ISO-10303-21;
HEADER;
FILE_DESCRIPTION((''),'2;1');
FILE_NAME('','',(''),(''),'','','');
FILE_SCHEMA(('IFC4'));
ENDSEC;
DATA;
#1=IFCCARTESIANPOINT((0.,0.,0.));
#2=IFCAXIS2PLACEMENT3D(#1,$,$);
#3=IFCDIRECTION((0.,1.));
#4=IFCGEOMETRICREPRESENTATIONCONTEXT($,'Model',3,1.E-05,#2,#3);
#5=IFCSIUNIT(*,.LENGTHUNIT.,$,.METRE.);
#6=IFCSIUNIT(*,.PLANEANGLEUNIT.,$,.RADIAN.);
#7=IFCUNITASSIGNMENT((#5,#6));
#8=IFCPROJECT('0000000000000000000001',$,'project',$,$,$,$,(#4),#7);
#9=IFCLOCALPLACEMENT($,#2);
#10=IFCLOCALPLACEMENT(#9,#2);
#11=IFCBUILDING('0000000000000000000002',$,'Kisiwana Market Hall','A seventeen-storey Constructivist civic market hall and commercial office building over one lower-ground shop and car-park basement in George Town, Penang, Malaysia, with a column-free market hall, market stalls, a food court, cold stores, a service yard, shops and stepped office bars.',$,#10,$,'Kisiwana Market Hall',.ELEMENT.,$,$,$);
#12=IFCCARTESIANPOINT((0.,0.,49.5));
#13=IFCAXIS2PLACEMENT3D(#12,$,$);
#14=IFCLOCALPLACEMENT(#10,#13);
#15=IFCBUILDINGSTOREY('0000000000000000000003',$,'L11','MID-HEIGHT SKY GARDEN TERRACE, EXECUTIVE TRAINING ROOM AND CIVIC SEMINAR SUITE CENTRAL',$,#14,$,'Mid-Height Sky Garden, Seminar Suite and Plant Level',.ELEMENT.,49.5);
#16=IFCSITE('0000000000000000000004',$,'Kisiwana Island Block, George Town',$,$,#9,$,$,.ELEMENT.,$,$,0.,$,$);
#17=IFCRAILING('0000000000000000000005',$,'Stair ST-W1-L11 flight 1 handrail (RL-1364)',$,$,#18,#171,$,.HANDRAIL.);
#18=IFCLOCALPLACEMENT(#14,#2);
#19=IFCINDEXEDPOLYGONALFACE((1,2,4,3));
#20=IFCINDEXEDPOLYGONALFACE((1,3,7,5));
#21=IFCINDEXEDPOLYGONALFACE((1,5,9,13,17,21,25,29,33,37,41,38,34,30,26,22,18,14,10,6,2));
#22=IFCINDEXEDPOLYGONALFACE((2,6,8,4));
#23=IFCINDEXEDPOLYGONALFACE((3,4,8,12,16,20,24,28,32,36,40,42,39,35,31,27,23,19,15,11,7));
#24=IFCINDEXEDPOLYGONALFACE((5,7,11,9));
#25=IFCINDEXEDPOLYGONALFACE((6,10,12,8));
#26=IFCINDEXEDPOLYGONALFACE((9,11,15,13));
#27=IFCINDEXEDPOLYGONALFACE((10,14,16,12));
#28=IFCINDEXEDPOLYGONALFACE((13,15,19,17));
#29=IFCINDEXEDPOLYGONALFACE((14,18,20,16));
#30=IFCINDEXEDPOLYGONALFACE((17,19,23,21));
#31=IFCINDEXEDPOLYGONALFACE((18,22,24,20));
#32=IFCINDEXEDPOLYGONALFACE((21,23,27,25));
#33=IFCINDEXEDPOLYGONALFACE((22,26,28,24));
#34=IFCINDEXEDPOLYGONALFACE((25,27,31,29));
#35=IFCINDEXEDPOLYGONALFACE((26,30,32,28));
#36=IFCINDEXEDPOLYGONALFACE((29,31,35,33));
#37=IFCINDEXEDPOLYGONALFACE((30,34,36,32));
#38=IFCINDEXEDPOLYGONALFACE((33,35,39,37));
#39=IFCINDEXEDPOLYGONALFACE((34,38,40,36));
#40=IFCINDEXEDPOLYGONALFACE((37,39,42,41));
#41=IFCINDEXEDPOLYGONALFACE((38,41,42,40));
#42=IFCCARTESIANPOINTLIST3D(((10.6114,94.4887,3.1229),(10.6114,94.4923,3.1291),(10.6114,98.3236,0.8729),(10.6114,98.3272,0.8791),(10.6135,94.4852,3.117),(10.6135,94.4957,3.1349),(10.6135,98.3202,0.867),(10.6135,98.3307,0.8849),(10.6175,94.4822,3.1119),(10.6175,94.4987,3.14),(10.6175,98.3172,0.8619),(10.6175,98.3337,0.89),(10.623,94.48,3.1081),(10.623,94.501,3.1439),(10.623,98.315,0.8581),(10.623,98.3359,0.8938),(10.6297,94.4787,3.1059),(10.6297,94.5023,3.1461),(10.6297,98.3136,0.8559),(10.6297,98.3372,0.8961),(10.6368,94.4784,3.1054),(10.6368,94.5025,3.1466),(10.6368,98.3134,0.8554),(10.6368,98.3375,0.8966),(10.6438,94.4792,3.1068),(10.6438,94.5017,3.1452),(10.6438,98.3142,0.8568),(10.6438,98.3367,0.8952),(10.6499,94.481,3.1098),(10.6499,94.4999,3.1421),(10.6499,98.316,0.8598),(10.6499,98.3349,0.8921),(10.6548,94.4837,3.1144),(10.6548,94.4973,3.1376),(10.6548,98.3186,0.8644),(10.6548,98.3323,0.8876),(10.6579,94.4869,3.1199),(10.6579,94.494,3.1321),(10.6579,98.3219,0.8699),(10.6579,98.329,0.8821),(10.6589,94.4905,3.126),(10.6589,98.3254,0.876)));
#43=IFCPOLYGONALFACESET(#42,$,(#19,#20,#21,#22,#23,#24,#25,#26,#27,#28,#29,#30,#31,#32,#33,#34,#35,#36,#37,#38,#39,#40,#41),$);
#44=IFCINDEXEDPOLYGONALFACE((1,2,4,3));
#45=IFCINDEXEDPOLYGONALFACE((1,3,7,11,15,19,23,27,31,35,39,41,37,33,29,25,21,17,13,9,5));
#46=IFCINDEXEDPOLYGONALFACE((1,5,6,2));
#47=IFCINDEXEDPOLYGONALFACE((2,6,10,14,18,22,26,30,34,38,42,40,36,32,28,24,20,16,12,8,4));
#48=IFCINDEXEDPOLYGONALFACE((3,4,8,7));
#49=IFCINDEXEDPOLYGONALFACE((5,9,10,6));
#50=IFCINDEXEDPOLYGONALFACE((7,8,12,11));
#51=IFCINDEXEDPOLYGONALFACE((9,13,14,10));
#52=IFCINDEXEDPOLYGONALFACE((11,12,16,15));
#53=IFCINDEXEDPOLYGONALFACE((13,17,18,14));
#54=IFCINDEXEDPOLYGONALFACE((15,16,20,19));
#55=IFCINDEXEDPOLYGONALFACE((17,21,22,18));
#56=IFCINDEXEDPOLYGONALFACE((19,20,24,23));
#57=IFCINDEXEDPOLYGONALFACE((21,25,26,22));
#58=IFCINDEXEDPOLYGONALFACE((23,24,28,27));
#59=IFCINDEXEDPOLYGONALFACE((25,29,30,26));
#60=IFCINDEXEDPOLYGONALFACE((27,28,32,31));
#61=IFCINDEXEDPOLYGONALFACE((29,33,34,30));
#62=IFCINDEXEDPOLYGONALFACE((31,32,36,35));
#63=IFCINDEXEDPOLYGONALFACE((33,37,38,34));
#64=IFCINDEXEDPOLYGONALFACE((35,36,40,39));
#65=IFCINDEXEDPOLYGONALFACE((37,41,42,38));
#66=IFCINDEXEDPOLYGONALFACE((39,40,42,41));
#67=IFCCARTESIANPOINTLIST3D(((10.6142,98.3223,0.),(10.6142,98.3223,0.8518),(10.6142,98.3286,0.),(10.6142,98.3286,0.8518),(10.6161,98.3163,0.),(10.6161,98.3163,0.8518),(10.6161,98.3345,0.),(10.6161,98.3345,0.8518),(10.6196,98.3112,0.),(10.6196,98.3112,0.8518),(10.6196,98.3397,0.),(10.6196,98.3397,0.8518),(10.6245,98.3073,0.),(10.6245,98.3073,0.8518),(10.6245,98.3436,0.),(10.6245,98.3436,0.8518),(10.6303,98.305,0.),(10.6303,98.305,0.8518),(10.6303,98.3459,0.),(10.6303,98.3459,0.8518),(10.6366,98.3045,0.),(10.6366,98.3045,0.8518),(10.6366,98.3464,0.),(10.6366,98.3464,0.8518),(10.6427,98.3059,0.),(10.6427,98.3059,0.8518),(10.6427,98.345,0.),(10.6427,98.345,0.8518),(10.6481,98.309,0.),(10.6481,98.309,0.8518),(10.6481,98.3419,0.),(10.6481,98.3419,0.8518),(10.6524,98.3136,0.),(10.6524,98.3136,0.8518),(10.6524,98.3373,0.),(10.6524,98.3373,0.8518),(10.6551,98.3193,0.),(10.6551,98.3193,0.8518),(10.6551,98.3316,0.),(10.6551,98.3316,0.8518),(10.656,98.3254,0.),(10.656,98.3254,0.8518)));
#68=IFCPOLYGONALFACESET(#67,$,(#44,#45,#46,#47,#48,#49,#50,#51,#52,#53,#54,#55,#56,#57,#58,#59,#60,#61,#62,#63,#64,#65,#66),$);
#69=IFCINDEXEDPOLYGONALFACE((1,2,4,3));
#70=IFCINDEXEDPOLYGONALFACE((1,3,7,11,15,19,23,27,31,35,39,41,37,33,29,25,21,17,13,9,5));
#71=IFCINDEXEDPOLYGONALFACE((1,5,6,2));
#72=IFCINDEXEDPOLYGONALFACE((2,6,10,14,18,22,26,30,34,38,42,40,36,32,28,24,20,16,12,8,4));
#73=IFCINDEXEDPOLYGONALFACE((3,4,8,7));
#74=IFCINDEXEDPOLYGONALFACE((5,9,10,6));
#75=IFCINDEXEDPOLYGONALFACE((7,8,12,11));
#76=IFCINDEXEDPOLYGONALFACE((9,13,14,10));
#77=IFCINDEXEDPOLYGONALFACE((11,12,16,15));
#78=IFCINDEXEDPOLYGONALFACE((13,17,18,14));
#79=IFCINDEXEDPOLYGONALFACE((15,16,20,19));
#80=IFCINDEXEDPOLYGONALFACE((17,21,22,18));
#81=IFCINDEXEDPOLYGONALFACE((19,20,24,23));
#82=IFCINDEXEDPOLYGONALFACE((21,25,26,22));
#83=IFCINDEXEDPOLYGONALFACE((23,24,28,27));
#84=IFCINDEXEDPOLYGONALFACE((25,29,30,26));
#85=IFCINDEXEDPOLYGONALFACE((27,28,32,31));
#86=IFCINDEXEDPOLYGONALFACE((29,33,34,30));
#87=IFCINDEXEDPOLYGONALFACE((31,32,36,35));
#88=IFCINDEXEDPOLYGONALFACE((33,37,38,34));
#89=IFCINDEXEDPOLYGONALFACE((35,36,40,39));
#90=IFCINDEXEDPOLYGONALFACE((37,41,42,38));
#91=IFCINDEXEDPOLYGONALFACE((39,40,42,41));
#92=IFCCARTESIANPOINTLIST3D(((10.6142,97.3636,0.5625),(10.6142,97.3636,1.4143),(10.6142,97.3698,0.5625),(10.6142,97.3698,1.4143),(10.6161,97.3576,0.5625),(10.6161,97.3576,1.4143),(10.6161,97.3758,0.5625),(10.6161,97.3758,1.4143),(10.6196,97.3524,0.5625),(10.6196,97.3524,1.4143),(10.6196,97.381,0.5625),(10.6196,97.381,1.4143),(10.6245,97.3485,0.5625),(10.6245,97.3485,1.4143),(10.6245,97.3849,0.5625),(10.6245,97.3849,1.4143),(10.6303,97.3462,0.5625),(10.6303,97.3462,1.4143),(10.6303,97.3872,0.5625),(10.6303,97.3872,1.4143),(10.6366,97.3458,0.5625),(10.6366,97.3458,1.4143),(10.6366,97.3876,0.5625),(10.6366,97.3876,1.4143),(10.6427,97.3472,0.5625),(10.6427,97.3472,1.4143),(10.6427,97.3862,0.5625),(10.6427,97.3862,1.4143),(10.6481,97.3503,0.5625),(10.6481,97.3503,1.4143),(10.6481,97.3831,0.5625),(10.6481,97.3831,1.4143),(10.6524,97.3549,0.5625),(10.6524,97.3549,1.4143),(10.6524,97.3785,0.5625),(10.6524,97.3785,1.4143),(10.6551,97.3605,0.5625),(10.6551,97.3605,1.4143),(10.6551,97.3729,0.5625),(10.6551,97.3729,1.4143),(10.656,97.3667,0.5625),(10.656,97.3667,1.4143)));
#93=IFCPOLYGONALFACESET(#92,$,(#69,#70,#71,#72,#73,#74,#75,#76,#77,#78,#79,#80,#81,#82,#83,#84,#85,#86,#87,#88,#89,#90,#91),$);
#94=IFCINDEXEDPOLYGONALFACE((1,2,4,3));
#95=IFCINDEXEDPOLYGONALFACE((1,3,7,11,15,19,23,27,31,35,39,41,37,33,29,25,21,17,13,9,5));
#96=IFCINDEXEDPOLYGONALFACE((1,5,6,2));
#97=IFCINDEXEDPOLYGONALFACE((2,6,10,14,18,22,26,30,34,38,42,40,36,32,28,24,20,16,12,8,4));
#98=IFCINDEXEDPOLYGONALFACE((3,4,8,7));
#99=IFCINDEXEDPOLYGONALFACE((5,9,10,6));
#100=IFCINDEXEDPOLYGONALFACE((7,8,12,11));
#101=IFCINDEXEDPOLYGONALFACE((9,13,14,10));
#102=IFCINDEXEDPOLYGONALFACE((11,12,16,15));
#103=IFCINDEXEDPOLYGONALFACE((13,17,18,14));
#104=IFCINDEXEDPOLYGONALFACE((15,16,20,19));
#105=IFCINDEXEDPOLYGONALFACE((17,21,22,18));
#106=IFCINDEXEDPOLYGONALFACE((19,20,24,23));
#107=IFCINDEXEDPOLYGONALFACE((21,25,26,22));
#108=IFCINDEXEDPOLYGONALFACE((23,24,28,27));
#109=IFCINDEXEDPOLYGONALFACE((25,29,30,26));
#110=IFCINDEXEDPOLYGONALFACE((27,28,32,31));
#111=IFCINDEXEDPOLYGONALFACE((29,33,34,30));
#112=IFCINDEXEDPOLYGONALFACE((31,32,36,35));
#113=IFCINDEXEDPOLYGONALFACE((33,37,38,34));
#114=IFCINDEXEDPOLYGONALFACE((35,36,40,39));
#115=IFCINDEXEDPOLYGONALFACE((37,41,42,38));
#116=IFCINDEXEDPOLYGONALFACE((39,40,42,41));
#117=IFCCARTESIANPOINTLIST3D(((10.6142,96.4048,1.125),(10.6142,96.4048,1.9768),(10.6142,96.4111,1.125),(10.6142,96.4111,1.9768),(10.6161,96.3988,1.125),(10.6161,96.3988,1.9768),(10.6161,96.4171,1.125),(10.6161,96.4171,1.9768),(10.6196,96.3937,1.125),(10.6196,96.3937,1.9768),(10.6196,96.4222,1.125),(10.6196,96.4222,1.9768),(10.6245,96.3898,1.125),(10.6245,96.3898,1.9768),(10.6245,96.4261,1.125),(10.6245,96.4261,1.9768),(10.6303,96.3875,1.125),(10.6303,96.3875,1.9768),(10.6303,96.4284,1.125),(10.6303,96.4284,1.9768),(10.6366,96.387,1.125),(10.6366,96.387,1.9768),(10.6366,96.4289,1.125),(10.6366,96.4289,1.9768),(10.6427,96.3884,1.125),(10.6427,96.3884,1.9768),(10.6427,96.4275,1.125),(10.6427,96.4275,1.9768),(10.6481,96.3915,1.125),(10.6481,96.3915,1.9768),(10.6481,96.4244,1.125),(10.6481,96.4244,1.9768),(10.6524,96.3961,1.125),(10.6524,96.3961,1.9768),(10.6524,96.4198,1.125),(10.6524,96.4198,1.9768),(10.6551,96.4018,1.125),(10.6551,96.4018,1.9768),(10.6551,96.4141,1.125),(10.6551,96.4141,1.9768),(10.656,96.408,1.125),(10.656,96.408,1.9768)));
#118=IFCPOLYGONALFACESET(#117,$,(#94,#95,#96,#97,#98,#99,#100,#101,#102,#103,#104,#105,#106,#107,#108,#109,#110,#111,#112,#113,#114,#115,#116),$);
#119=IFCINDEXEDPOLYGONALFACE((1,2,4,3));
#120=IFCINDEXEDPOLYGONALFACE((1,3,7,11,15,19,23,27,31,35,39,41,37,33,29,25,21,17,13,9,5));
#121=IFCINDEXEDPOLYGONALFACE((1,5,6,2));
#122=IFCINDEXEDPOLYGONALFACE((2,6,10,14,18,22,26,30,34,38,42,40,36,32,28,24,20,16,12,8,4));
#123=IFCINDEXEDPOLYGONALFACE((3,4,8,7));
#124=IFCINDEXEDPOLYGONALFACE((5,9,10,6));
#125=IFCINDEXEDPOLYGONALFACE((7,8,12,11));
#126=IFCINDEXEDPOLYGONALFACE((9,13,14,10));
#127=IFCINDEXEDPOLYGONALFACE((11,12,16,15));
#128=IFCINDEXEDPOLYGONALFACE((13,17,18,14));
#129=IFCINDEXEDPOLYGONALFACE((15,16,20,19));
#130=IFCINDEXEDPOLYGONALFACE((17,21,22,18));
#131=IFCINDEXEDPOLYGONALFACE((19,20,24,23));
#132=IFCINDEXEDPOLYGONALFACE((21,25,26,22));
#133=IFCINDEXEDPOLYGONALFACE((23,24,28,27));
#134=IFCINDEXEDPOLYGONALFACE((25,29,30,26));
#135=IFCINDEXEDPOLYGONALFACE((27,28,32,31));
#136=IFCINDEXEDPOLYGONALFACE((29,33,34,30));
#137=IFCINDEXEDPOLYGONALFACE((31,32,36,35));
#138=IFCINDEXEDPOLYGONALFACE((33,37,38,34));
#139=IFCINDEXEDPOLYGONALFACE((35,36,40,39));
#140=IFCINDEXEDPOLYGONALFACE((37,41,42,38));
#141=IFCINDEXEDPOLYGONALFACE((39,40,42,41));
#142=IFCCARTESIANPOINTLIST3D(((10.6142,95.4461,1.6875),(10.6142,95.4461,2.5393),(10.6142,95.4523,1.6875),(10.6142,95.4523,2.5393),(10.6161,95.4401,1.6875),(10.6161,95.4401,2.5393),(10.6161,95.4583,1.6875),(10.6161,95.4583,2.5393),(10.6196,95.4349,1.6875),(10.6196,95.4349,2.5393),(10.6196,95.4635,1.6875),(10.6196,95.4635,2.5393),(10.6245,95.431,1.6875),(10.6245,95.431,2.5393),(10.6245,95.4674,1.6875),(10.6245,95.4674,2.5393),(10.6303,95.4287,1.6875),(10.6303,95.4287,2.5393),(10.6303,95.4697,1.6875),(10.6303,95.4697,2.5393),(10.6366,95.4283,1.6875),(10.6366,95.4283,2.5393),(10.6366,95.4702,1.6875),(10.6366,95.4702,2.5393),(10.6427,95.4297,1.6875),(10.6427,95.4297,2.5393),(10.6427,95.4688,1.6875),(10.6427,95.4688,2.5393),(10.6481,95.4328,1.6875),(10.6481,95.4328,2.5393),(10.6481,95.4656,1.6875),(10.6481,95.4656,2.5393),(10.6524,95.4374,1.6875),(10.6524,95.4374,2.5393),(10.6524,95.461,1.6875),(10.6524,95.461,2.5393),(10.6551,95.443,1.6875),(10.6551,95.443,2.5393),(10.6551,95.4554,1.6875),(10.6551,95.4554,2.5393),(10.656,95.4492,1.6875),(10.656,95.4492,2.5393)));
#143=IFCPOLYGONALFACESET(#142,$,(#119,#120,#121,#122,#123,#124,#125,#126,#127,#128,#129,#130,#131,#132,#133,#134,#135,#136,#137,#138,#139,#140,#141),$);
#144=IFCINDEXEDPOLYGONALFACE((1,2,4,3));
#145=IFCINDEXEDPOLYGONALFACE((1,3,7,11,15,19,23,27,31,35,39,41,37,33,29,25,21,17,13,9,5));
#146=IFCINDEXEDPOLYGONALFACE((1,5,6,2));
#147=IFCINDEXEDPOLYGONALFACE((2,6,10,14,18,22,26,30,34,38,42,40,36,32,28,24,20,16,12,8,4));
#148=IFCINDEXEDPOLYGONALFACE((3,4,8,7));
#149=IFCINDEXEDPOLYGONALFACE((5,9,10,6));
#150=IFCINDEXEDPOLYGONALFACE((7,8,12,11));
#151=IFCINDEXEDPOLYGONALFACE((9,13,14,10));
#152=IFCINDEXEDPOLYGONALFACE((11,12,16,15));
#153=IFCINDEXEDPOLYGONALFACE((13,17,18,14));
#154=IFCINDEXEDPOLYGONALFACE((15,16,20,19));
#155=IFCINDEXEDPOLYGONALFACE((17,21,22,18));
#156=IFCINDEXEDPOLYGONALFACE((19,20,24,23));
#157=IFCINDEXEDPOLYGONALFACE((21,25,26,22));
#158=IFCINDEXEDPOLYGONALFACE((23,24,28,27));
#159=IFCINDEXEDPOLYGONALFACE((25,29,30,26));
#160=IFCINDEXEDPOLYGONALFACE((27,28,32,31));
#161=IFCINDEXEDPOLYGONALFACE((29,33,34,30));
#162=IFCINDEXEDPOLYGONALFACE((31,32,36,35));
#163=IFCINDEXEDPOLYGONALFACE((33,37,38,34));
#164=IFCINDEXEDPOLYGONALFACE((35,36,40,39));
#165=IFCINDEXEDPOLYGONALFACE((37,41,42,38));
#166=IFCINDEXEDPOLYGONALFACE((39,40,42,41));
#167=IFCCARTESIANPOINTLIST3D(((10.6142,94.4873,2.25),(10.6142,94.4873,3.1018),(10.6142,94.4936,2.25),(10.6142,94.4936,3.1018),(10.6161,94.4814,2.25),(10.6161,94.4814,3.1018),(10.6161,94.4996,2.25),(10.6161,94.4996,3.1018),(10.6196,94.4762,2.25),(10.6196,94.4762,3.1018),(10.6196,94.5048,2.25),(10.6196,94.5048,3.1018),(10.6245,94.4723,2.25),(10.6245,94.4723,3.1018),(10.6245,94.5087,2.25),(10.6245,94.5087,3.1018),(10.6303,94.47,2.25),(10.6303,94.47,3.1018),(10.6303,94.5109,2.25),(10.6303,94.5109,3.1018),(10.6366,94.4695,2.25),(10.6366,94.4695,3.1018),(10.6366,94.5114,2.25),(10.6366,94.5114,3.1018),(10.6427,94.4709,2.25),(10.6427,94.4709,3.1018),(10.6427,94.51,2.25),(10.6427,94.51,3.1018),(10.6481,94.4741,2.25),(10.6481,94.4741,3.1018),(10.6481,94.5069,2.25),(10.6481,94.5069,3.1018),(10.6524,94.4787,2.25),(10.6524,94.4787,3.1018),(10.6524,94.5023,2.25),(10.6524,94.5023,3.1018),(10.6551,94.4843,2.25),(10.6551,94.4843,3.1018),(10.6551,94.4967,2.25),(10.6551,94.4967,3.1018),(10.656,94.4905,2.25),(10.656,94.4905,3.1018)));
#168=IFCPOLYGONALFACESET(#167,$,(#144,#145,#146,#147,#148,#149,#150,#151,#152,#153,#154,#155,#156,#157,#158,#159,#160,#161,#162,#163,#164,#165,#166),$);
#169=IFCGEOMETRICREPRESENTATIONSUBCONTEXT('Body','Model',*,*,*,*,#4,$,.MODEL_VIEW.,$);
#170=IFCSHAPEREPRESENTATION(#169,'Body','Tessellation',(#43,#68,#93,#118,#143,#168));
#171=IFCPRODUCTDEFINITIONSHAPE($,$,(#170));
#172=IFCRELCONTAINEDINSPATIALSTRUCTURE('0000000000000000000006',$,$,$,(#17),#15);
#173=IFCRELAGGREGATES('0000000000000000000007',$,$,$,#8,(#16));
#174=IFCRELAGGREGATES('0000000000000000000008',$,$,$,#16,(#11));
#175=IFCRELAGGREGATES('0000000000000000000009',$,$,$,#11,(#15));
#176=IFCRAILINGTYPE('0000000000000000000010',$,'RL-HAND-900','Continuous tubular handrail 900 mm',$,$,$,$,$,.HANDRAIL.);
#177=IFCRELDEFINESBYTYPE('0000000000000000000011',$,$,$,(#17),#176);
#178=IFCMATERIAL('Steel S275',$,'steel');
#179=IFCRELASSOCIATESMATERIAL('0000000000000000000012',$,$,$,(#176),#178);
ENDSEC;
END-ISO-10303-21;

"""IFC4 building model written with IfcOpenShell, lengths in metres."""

from ifc_helpers import new_model, si_unit, direction, frame, origin, origin_2d, place, context, subcontext, project, spatial, circle, extrude, material, type_object, element, save


model = new_model("IFC4")

# Units and contexts
model_context = context("Model", 3, precision=1e-05, world=origin(), true_north=direction((0.0, 1.0)))
body_context = subcontext(model_context, "Body", "Model", "MODEL_VIEW")
ifc_project = project(units=[si_unit("LENGTHUNIT", "METRE"), si_unit("PLANEANGLEUNIT", "RADIAN")], contexts=[model_context])

# Site, building, storey
site_placement = place(None, origin())
site = spatial("IfcSite", under=ifc_project, at=site_placement, Name="Kisiwana Island Block, George Town", CompositionType="ELEMENT", RefElevation=0.0)
building_placement = place(site_placement, origin())
building = spatial("IfcBuilding", under=site, at=building_placement, Name="Kisiwana Market Hall", Description="A seventeen-storey Constructivist civic market hall and commercial office building over one lower-ground shop and car-park basement in George Town, Penang, Malaysia, with a column-free market hall, market stalls, a food court, cold stores, a service yard, shops and stepped office bars.", LongName="Kisiwana Market Hall", CompositionType="ELEMENT")
storey_placement = place(building_placement, frame((0.0, 0.0, 49.5)))
storey = spatial("IfcBuildingStorey", under=building, at=storey_placement, Name="L11", Description="MID-HEIGHT SKY GARDEN TERRACE, EXECUTIVE TRAINING ROOM AND CIVIC SEMINAR SUITE CENTRAL", LongName="Mid-Height Sky Garden, Seminar Suite and Plant Level", CompositionType="ELEMENT", Elevation=49.5)

# Railing
ifc_material_1 = material(Name="Steel S275", Category="steel")
railing_type_1 = type_object("IfcRailingType", Name="RL-HAND-900", Description="Continuous tubular handrail 900 mm", PredefinedType="HANDRAIL", material=ifc_material_1)
railing_1_placement = place(storey_placement, frame((10.635, 98.3254, 0.0)))
element("IfcRailing", 1, at=railing_1_placement, inside=storey, type_object=railing_type_1, Name="Stair ST-W1-L11 flight 1 handrail (RL-1364)", PredefinedType="HANDRAIL", context=body_context, shape_type="SweptSolid", body=[
    extrude(circle(Radius=0.0239, at=origin_2d()), frame((0.0, 0.0, 0.876), z_axis=(0.0, -0.86251, 0.506041), x_axis=(1.0, 0.0, 0.0)), (0.0, 0.0, 1.0), 4.4463),
    extrude(circle(Radius=0.021, at=origin_2d()), origin(), (0.0, 0.0, 1.0), 0.8518),
    extrude(circle(Radius=0.021, at=origin_2d()), frame((0.0, -0.9587, 0.5625)), (0.0, 0.0, 1.0), 0.8518),
    extrude(circle(Radius=0.021, at=origin_2d()), frame((0.0, -1.9175, 1.125)), (0.0, 0.0, 1.0), 0.8518),
    extrude(circle(Radius=0.021, at=origin_2d()), frame((0.0, -2.8762, 1.6875)), (0.0, 0.0, 1.0), 0.8518),
    extrude(circle(Radius=0.021, at=origin_2d()), frame((0.0, -3.835, 2.25)), (0.0, 0.0, 1.0), 0.8518),
])

save(model, "model.ifc")
